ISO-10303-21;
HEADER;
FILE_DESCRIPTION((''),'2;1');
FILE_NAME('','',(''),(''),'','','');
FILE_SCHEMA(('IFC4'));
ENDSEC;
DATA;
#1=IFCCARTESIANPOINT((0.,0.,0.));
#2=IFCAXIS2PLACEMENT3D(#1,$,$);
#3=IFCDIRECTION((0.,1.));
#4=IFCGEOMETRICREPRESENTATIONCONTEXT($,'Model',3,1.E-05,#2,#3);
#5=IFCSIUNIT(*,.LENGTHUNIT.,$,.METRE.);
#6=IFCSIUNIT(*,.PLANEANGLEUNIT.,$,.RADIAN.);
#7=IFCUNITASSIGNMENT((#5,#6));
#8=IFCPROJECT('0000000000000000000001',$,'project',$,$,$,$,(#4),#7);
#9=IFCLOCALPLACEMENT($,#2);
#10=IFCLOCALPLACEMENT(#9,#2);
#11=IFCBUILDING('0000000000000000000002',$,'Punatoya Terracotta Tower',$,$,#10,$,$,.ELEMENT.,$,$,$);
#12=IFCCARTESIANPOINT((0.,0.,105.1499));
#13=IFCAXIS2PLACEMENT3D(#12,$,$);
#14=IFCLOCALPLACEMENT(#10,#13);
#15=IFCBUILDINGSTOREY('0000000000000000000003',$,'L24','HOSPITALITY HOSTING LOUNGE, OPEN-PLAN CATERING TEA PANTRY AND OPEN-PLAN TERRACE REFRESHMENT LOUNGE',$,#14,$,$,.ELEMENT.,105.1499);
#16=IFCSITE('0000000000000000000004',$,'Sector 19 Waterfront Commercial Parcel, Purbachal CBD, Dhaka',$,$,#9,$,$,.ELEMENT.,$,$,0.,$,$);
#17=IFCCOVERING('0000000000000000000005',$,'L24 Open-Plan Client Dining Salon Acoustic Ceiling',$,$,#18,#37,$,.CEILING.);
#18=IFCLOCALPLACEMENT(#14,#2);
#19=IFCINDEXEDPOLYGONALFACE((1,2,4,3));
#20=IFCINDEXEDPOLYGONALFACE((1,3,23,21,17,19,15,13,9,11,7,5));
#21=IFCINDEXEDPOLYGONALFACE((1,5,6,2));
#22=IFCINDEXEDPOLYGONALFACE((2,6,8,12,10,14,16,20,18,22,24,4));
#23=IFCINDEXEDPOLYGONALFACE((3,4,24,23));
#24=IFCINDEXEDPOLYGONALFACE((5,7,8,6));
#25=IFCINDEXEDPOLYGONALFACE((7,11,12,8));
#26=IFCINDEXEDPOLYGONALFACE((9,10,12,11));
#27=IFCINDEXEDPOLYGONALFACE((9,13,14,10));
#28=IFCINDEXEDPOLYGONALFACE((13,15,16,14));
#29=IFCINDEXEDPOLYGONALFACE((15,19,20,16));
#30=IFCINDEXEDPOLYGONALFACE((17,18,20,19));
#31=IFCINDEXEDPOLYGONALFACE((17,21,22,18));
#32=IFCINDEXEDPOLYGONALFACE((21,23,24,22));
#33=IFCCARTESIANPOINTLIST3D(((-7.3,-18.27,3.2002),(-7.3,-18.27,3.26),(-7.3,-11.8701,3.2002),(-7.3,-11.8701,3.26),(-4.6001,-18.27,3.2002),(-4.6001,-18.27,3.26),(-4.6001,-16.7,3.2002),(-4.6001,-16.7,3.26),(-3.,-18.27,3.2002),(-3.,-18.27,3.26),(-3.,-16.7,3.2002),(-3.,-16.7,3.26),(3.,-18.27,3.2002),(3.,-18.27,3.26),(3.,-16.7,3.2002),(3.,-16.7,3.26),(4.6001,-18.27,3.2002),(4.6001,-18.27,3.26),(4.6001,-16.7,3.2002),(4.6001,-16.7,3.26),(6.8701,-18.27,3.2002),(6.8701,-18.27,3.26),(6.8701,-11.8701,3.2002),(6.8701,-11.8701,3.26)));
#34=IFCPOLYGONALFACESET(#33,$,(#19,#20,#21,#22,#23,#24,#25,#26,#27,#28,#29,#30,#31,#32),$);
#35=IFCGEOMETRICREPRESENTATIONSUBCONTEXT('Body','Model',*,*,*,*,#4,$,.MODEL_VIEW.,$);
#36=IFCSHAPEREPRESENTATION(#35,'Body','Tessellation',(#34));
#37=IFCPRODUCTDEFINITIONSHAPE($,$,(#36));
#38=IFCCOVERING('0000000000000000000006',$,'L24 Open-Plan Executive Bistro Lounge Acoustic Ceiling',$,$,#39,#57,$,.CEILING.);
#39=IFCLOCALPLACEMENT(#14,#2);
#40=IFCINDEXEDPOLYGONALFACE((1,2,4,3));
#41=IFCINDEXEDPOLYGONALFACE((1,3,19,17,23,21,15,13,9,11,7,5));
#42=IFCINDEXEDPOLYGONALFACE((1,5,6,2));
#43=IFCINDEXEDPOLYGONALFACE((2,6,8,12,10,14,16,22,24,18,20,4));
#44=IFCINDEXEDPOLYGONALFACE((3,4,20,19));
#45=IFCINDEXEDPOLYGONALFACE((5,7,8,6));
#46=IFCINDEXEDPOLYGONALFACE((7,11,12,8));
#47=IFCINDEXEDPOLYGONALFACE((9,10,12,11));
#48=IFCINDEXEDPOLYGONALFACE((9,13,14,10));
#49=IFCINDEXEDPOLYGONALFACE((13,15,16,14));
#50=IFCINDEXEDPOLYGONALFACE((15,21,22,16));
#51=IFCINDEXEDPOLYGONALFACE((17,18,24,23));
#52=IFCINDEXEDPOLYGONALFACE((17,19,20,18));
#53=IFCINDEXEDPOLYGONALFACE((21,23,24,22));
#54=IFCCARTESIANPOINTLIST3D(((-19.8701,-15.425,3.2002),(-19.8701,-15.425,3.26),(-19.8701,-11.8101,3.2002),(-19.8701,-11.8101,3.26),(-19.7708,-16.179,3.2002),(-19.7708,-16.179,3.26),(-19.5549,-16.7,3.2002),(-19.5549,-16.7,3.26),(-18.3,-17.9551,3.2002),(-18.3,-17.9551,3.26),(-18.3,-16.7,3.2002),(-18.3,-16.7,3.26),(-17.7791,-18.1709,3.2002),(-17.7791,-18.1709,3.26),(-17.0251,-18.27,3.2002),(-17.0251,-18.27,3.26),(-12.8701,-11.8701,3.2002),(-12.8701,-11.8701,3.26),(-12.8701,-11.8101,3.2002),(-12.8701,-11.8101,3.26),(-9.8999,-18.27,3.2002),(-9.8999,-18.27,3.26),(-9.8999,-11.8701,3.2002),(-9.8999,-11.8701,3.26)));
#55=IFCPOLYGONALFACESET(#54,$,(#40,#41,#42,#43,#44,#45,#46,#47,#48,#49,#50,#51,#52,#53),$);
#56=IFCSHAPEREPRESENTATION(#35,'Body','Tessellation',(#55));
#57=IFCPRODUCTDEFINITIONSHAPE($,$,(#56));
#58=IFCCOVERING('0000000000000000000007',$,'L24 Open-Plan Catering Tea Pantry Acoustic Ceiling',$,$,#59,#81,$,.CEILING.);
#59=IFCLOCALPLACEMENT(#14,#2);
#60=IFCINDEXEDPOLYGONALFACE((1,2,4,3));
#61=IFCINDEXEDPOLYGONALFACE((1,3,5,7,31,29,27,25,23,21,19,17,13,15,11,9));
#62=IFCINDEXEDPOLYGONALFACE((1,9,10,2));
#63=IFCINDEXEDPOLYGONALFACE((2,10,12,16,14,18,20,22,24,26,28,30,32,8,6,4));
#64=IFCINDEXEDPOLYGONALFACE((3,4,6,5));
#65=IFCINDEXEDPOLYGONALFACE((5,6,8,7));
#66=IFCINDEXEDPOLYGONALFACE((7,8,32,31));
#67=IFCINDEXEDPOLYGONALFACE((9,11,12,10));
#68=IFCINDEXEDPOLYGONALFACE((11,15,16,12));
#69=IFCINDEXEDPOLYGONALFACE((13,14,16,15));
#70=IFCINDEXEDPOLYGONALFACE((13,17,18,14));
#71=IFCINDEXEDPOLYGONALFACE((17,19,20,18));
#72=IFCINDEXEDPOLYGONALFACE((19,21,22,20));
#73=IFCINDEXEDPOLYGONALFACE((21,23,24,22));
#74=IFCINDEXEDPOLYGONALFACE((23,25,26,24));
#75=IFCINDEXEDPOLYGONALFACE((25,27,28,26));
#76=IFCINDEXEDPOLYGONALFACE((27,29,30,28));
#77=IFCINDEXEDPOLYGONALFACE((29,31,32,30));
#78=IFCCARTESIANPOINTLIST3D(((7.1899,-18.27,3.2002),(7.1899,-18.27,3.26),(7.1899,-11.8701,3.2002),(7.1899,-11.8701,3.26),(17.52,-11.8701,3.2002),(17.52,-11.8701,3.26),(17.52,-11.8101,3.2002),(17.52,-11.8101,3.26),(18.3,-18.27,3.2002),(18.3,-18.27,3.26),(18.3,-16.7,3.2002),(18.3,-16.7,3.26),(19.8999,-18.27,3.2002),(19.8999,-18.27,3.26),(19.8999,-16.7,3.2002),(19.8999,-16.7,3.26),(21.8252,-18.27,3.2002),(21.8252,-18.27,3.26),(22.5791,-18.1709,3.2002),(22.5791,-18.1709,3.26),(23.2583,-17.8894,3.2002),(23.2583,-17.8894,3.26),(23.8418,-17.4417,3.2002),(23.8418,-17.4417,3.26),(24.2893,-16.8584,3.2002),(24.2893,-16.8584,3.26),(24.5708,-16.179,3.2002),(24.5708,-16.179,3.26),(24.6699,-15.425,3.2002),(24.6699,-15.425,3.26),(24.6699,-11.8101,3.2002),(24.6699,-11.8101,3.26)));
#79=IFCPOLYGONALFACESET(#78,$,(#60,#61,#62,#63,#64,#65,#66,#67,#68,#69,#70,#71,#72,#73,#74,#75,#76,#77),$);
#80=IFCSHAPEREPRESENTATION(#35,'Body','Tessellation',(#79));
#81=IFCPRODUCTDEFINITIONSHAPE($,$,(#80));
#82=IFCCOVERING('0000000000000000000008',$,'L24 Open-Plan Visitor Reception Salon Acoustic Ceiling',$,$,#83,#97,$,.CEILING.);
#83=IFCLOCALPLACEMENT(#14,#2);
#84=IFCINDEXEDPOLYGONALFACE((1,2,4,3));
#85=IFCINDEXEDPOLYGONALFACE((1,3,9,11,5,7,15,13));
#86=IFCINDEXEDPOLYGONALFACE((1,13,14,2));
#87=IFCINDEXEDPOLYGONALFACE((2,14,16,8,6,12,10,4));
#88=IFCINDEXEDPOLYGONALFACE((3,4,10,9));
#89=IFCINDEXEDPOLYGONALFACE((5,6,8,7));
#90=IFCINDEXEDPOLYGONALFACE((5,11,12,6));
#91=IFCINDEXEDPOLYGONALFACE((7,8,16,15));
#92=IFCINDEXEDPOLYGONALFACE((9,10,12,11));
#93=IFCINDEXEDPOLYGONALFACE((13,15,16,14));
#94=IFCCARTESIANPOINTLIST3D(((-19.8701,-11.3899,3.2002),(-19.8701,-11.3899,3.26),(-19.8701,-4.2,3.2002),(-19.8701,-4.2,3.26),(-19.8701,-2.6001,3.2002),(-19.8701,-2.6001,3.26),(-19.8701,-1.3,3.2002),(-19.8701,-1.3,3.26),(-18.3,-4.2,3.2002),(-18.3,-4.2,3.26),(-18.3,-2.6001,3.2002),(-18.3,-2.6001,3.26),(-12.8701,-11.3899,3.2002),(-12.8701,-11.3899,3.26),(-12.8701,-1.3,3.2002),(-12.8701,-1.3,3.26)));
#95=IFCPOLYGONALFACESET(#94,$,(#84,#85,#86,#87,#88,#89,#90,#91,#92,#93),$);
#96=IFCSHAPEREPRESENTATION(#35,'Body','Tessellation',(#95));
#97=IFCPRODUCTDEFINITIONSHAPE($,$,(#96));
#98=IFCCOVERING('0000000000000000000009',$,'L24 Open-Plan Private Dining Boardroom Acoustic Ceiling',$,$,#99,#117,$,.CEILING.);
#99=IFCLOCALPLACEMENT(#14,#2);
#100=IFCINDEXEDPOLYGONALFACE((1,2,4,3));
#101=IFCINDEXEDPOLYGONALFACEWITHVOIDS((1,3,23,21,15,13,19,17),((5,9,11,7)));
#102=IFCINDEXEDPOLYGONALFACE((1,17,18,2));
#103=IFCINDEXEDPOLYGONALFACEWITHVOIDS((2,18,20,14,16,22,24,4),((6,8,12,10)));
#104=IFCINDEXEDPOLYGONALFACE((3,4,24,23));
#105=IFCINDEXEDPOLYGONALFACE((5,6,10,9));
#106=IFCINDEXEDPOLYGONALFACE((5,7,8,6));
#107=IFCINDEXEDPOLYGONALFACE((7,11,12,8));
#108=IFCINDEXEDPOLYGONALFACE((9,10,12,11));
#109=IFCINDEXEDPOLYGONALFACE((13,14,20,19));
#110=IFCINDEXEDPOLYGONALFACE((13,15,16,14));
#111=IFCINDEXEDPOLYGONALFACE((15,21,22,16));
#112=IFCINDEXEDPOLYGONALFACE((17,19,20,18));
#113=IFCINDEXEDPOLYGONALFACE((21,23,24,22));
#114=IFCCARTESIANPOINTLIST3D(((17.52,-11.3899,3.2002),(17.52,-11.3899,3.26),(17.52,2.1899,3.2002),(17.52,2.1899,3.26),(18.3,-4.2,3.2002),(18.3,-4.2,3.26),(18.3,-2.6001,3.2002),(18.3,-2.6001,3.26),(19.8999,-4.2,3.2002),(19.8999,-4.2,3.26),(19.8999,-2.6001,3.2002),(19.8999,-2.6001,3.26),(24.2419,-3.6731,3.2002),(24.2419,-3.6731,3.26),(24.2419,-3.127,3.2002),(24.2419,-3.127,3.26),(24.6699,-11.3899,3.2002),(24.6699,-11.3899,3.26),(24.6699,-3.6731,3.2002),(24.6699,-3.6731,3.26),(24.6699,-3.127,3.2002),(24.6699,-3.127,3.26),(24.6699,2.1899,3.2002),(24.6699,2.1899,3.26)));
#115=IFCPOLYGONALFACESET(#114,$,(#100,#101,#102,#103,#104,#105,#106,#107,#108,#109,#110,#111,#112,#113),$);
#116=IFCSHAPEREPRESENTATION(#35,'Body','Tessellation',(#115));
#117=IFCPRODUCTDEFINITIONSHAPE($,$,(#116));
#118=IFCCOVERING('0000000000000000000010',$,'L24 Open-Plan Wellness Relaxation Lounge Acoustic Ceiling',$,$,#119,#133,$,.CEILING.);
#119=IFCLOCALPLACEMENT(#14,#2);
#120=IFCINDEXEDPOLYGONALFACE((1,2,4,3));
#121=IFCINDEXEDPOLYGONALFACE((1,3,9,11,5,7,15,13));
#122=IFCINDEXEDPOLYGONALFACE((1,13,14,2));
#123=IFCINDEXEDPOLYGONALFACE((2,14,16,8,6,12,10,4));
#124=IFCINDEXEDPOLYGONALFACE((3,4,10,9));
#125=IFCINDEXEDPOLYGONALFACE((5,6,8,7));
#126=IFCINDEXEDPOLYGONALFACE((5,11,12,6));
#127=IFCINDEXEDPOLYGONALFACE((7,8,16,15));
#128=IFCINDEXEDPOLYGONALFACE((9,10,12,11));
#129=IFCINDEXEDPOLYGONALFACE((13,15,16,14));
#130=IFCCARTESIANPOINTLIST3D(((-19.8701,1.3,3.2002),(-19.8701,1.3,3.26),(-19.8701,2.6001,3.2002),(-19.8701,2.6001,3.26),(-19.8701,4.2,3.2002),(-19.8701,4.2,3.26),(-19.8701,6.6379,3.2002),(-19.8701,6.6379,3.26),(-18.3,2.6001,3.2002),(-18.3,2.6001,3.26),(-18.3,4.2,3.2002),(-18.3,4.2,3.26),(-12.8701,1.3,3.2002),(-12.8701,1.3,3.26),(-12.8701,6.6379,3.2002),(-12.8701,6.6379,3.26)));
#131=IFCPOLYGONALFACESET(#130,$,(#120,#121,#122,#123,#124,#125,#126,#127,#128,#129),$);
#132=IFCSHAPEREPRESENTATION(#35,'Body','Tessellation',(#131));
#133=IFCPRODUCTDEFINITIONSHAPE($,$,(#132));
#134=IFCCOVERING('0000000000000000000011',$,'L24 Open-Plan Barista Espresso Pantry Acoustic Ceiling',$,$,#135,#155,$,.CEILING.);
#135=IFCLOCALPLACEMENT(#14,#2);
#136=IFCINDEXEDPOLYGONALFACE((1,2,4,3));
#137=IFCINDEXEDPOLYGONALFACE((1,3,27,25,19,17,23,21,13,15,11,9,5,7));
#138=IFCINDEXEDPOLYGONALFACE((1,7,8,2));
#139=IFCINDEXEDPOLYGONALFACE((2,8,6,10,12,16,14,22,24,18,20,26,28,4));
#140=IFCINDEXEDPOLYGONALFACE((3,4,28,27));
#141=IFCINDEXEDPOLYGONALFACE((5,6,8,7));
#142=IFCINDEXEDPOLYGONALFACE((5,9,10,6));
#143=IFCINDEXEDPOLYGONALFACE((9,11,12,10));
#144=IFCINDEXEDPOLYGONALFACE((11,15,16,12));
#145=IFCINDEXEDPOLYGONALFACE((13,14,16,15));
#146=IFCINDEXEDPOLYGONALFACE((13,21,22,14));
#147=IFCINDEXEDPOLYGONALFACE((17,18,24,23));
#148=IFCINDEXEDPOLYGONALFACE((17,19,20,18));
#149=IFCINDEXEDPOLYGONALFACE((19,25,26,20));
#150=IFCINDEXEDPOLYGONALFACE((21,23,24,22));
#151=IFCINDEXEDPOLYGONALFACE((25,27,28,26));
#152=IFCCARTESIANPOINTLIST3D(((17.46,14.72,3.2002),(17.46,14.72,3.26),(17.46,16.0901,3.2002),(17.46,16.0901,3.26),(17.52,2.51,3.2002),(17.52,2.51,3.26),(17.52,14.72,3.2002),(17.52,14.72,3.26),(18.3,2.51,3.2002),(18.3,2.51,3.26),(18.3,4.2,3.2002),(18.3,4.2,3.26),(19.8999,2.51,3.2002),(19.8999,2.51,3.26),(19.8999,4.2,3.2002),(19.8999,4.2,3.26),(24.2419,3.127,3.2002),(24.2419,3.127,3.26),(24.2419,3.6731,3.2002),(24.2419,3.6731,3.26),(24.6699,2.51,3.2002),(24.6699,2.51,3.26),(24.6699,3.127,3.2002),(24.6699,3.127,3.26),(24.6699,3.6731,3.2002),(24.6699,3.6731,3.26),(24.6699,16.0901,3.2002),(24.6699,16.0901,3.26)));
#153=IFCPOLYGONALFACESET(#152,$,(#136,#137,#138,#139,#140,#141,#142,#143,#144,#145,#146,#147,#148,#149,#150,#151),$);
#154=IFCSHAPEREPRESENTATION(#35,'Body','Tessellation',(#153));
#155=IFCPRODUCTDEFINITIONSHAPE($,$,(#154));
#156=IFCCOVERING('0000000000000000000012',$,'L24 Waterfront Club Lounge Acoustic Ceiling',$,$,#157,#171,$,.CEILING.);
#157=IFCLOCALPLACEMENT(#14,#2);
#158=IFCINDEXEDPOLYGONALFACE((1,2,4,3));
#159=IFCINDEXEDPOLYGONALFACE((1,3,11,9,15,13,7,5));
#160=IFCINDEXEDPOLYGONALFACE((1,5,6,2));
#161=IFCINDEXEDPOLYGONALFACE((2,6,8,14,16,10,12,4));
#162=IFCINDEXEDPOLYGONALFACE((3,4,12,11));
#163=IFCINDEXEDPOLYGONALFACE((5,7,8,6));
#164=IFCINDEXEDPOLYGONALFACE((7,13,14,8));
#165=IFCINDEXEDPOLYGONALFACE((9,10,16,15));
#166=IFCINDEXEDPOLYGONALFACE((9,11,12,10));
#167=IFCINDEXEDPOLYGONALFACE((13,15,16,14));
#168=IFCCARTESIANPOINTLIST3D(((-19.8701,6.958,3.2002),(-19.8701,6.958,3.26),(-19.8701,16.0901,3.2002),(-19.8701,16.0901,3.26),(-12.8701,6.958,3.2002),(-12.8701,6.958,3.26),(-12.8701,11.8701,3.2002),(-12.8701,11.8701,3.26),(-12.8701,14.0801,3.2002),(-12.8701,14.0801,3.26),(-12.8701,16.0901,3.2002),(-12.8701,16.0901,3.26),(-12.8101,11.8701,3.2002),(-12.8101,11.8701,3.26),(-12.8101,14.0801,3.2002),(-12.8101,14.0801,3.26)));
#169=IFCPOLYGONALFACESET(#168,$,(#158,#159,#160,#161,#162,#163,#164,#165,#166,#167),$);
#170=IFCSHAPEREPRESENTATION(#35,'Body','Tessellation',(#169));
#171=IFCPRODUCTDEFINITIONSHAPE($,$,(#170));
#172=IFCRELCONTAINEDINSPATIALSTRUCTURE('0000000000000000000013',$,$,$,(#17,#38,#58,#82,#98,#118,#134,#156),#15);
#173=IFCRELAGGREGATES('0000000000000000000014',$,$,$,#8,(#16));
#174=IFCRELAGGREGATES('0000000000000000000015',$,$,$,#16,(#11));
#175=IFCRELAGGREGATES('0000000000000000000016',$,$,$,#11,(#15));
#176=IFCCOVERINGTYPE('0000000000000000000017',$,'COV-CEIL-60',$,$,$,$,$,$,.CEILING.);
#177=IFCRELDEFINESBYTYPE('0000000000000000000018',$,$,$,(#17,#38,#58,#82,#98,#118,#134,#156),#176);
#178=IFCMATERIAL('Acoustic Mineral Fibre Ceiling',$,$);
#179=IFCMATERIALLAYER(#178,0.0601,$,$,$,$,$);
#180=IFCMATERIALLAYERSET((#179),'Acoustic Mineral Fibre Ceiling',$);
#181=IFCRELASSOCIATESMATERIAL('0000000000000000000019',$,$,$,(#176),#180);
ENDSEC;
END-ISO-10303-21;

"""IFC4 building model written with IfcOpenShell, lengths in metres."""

from ifc_helpers import new_model, si_unit, direction, frame, origin, place, context, subcontext, project, spatial, polyline, outline, extrude, material, layer, layer_set, type_object, element, save


model = new_model("IFC4")

# Units and contexts
model_context = context("Model", 3, precision=1e-05, world=origin(), true_north=direction((0.0, 1.0)))
body_context = subcontext(model_context, "Body", "Model", "MODEL_VIEW")
ifc_project = project(units=[si_unit("LENGTHUNIT", "METRE"), si_unit("PLANEANGLEUNIT", "RADIAN")], contexts=[model_context])

# Site, building, storey
site_placement = place(None, origin())
site = spatial("IfcSite", under=ifc_project, at=site_placement, Name="Sector 19 Waterfront Commercial Parcel, Purbachal CBD, Dhaka", CompositionType="ELEMENT", RefElevation=0.0)
building_placement = place(site_placement, origin())
building = spatial("IfcBuilding", under=site, at=building_placement, Name="Punatoya Terracotta Tower", CompositionType="ELEMENT")
storey_placement = place(building_placement, frame((0.0, 0.0, 105.1499)))
storey = spatial("IfcBuildingStorey", under=building, at=storey_placement, Name="L24", Description="HOSPITALITY HOSTING LOUNGE, OPEN-PLAN CATERING TEA PANTRY AND OPEN-PLAN TERRACE REFRESHMENT LOUNGE", CompositionType="ELEMENT", Elevation=105.1499)

# Coverings
ifc_material_1 = material(Name="Acoustic Mineral Fibre Ceiling")
ifc_layer_1 = layer(ifc_material_1, 0.0601)
ifc_layer_set_1 = layer_set([ifc_layer_1], Name="Acoustic Mineral Fibre Ceiling")
covering_type = type_object("IfcCoveringType", Name="COV-CEIL-60", PredefinedType="CEILING", material=ifc_layer_set_1)
covering_1_placement = place(storey_placement, frame((0.0, 0.0, 3.2002)))
element("IfcCovering", 1, at=covering_1_placement, inside=storey, type_object=covering_type, Name="L24 Open-Plan Client Dining Salon Acoustic Ceiling", PredefinedType="CEILING", context=body_context, shape_type="SweptSolid", body=[
    extrude(outline(polyline([(-3.0, -18.27), (3.0, -18.27), (3.0, -16.7), (4.6001, -16.7), (4.6001, -18.27), (6.8701, -18.27), (6.8701, -11.8701), (-7.3, -11.8701), (-7.3, -18.27), (-4.6001, -18.27), (-4.6001, -16.7), (-3.0, -16.7), (-3.0, -18.27)])), origin(), (0.0, 0.0, 1.0), 0.0598),
])
covering_2_placement = place(storey_placement, frame((0.0, 0.0, 3.2002)))
element("IfcCovering", 2, at=covering_2_placement, inside=storey, type_object=covering_type, Name="L24 Open-Plan Executive Bistro Lounge Acoustic Ceiling", PredefinedType="CEILING", context=body_context, shape_type="SweptSolid", body=[
    extrude(outline(polyline([(-17.0251, -18.27), (-9.8999, -18.27), (-9.8999, -11.8701), (-12.8701, -11.8701), (-12.8701, -11.8101), (-19.8701, -11.8101), (-19.8701, -15.425), (-19.7708, -16.179), (-19.5549, -16.7), (-18.3, -16.7), (-18.3, -17.9551), (-17.7791, -18.1709), (-17.0251, -18.27)])), origin(), (0.0, 0.0, 1.0), 0.0598),
])
covering_3_placement = place(storey_placement, frame((0.0, 0.0, 3.2002)))
element("IfcCovering", 3, at=covering_3_placement, inside=storey, type_object=covering_type, Name="L24 Open-Plan Catering Tea Pantry Acoustic Ceiling", PredefinedType="CEILING", context=body_context, shape_type="SweptSolid", body=[
    extrude(outline(polyline([(17.52, -11.8701), (7.1899, -11.8701), (7.1899, -18.27), (18.3, -18.27), (18.3, -16.7), (19.8999, -16.7), (19.8999, -18.27), (21.8252, -18.27), (22.5791, -18.1709), (23.2583, -17.8894), (23.8418, -17.4417), (24.2893, -16.8584), (24.5708, -16.179), (24.6699, -15.425), (24.6699, -11.8101), (17.52, -11.8101), (17.52, -11.8701)])), origin(), (0.0, 0.0, 1.0), 0.0598),
])
covering_4_placement = place(storey_placement, frame((0.0, 0.0, 3.2002)))
element("IfcCovering", 4, at=covering_4_placement, inside=storey, type_object=covering_type, Name="L24 Open-Plan Visitor Reception Salon Acoustic Ceiling", PredefinedType="CEILING", context=body_context, shape_type="SweptSolid", body=[
    extrude(outline(polyline([(-12.8701, -11.3899), (-12.8701, -1.3), (-19.8701, -1.3), (-19.8701, -2.6001), (-18.3, -2.6001), (-18.3, -4.2), (-19.8701, -4.2), (-19.8701, -11.3899), (-12.8701, -11.3899)])), origin(), (0.0, 0.0, 1.0), 0.0598),
])
covering_5_placement = place(storey_placement, frame((0.0, 0.0, 3.2002)))
element("IfcCovering", 5, at=covering_5_placement, inside=storey, type_object=covering_type, Name="L24 Open-Plan Private Dining Boardroom Acoustic Ceiling", PredefinedType="CEILING", context=body_context, shape_type="SweptSolid", body=[
    extrude(outline(polyline([(24.6699, -3.127), (24.6699, 2.1899), (17.52, 2.1899), (17.52, -11.3899), (24.6699, -11.3899), (24.6699, -3.6731), (24.2419, -3.6731), (24.2419, -3.127), (24.6699, -3.127)]), holes=[polyline([(18.3, -4.2), (18.3, -2.6001), (19.8999, -2.6001), (19.8999, -4.2), (18.3, -4.2)])]), origin(), (0.0, 0.0, 1.0), 0.0598),
])
covering_6_placement = place(storey_placement, frame((0.0, 0.0, 3.2002)))
element("IfcCovering", 6, at=covering_6_placement, inside=storey, type_object=covering_type, Name="L24 Open-Plan Wellness Relaxation Lounge Acoustic Ceiling", PredefinedType="CEILING", context=body_context, shape_type="SweptSolid", body=[
    extrude(outline(polyline([(-12.8701, 1.3), (-12.8701, 6.6379), (-19.8701, 6.6379), (-19.8701, 4.2), (-18.3, 4.2), (-18.3, 2.6001), (-19.8701, 2.6001), (-19.8701, 1.3), (-12.8701, 1.3)])), origin(), (0.0, 0.0, 1.0), 0.0598),
])
covering_7_placement = place(storey_placement, frame((0.0, 0.0, 3.2002)))
element("IfcCovering", 7, at=covering_7_placement, inside=storey, type_object=covering_type, Name="L24 Open-Plan Barista Espresso Pantry Acoustic Ceiling", PredefinedType="CEILING", context=body_context, shape_type="SweptSolid", body=[
    extrude(outline(polyline([(17.46, 14.72), (17.52, 14.72), (17.52, 2.51), (18.3, 2.51), (18.3, 4.2), (19.8999, 4.2), (19.8999, 2.51), (24.6699, 2.51), (24.6699, 3.127), (24.2419, 3.127), (24.2419, 3.6731), (24.6699, 3.6731), (24.6699, 16.0901), (17.46, 16.0901), (17.46, 14.72)])), origin(), (0.0, 0.0, 1.0), 0.0598),
])
covering_8_placement = place(storey_placement, frame((0.0, 0.0, 3.2002)))
element("IfcCovering", 8, at=covering_8_placement, inside=storey, type_object=covering_type, Name="L24 Waterfront Club Lounge Acoustic Ceiling", PredefinedType="CEILING", context=body_context, shape_type="SweptSolid", body=[
    extrude(outline(polyline([(-12.8701, 6.958), (-12.8701, 11.8701), (-12.8101, 11.8701), (-12.8101, 14.0801), (-12.8701, 14.0801), (-12.8701, 16.0901), (-19.8701, 16.0901), (-19.8701, 6.958), (-12.8701, 6.958)])), origin(), (0.0, 0.0, 1.0), 0.0598),
])

save(model, "model.ifc")
